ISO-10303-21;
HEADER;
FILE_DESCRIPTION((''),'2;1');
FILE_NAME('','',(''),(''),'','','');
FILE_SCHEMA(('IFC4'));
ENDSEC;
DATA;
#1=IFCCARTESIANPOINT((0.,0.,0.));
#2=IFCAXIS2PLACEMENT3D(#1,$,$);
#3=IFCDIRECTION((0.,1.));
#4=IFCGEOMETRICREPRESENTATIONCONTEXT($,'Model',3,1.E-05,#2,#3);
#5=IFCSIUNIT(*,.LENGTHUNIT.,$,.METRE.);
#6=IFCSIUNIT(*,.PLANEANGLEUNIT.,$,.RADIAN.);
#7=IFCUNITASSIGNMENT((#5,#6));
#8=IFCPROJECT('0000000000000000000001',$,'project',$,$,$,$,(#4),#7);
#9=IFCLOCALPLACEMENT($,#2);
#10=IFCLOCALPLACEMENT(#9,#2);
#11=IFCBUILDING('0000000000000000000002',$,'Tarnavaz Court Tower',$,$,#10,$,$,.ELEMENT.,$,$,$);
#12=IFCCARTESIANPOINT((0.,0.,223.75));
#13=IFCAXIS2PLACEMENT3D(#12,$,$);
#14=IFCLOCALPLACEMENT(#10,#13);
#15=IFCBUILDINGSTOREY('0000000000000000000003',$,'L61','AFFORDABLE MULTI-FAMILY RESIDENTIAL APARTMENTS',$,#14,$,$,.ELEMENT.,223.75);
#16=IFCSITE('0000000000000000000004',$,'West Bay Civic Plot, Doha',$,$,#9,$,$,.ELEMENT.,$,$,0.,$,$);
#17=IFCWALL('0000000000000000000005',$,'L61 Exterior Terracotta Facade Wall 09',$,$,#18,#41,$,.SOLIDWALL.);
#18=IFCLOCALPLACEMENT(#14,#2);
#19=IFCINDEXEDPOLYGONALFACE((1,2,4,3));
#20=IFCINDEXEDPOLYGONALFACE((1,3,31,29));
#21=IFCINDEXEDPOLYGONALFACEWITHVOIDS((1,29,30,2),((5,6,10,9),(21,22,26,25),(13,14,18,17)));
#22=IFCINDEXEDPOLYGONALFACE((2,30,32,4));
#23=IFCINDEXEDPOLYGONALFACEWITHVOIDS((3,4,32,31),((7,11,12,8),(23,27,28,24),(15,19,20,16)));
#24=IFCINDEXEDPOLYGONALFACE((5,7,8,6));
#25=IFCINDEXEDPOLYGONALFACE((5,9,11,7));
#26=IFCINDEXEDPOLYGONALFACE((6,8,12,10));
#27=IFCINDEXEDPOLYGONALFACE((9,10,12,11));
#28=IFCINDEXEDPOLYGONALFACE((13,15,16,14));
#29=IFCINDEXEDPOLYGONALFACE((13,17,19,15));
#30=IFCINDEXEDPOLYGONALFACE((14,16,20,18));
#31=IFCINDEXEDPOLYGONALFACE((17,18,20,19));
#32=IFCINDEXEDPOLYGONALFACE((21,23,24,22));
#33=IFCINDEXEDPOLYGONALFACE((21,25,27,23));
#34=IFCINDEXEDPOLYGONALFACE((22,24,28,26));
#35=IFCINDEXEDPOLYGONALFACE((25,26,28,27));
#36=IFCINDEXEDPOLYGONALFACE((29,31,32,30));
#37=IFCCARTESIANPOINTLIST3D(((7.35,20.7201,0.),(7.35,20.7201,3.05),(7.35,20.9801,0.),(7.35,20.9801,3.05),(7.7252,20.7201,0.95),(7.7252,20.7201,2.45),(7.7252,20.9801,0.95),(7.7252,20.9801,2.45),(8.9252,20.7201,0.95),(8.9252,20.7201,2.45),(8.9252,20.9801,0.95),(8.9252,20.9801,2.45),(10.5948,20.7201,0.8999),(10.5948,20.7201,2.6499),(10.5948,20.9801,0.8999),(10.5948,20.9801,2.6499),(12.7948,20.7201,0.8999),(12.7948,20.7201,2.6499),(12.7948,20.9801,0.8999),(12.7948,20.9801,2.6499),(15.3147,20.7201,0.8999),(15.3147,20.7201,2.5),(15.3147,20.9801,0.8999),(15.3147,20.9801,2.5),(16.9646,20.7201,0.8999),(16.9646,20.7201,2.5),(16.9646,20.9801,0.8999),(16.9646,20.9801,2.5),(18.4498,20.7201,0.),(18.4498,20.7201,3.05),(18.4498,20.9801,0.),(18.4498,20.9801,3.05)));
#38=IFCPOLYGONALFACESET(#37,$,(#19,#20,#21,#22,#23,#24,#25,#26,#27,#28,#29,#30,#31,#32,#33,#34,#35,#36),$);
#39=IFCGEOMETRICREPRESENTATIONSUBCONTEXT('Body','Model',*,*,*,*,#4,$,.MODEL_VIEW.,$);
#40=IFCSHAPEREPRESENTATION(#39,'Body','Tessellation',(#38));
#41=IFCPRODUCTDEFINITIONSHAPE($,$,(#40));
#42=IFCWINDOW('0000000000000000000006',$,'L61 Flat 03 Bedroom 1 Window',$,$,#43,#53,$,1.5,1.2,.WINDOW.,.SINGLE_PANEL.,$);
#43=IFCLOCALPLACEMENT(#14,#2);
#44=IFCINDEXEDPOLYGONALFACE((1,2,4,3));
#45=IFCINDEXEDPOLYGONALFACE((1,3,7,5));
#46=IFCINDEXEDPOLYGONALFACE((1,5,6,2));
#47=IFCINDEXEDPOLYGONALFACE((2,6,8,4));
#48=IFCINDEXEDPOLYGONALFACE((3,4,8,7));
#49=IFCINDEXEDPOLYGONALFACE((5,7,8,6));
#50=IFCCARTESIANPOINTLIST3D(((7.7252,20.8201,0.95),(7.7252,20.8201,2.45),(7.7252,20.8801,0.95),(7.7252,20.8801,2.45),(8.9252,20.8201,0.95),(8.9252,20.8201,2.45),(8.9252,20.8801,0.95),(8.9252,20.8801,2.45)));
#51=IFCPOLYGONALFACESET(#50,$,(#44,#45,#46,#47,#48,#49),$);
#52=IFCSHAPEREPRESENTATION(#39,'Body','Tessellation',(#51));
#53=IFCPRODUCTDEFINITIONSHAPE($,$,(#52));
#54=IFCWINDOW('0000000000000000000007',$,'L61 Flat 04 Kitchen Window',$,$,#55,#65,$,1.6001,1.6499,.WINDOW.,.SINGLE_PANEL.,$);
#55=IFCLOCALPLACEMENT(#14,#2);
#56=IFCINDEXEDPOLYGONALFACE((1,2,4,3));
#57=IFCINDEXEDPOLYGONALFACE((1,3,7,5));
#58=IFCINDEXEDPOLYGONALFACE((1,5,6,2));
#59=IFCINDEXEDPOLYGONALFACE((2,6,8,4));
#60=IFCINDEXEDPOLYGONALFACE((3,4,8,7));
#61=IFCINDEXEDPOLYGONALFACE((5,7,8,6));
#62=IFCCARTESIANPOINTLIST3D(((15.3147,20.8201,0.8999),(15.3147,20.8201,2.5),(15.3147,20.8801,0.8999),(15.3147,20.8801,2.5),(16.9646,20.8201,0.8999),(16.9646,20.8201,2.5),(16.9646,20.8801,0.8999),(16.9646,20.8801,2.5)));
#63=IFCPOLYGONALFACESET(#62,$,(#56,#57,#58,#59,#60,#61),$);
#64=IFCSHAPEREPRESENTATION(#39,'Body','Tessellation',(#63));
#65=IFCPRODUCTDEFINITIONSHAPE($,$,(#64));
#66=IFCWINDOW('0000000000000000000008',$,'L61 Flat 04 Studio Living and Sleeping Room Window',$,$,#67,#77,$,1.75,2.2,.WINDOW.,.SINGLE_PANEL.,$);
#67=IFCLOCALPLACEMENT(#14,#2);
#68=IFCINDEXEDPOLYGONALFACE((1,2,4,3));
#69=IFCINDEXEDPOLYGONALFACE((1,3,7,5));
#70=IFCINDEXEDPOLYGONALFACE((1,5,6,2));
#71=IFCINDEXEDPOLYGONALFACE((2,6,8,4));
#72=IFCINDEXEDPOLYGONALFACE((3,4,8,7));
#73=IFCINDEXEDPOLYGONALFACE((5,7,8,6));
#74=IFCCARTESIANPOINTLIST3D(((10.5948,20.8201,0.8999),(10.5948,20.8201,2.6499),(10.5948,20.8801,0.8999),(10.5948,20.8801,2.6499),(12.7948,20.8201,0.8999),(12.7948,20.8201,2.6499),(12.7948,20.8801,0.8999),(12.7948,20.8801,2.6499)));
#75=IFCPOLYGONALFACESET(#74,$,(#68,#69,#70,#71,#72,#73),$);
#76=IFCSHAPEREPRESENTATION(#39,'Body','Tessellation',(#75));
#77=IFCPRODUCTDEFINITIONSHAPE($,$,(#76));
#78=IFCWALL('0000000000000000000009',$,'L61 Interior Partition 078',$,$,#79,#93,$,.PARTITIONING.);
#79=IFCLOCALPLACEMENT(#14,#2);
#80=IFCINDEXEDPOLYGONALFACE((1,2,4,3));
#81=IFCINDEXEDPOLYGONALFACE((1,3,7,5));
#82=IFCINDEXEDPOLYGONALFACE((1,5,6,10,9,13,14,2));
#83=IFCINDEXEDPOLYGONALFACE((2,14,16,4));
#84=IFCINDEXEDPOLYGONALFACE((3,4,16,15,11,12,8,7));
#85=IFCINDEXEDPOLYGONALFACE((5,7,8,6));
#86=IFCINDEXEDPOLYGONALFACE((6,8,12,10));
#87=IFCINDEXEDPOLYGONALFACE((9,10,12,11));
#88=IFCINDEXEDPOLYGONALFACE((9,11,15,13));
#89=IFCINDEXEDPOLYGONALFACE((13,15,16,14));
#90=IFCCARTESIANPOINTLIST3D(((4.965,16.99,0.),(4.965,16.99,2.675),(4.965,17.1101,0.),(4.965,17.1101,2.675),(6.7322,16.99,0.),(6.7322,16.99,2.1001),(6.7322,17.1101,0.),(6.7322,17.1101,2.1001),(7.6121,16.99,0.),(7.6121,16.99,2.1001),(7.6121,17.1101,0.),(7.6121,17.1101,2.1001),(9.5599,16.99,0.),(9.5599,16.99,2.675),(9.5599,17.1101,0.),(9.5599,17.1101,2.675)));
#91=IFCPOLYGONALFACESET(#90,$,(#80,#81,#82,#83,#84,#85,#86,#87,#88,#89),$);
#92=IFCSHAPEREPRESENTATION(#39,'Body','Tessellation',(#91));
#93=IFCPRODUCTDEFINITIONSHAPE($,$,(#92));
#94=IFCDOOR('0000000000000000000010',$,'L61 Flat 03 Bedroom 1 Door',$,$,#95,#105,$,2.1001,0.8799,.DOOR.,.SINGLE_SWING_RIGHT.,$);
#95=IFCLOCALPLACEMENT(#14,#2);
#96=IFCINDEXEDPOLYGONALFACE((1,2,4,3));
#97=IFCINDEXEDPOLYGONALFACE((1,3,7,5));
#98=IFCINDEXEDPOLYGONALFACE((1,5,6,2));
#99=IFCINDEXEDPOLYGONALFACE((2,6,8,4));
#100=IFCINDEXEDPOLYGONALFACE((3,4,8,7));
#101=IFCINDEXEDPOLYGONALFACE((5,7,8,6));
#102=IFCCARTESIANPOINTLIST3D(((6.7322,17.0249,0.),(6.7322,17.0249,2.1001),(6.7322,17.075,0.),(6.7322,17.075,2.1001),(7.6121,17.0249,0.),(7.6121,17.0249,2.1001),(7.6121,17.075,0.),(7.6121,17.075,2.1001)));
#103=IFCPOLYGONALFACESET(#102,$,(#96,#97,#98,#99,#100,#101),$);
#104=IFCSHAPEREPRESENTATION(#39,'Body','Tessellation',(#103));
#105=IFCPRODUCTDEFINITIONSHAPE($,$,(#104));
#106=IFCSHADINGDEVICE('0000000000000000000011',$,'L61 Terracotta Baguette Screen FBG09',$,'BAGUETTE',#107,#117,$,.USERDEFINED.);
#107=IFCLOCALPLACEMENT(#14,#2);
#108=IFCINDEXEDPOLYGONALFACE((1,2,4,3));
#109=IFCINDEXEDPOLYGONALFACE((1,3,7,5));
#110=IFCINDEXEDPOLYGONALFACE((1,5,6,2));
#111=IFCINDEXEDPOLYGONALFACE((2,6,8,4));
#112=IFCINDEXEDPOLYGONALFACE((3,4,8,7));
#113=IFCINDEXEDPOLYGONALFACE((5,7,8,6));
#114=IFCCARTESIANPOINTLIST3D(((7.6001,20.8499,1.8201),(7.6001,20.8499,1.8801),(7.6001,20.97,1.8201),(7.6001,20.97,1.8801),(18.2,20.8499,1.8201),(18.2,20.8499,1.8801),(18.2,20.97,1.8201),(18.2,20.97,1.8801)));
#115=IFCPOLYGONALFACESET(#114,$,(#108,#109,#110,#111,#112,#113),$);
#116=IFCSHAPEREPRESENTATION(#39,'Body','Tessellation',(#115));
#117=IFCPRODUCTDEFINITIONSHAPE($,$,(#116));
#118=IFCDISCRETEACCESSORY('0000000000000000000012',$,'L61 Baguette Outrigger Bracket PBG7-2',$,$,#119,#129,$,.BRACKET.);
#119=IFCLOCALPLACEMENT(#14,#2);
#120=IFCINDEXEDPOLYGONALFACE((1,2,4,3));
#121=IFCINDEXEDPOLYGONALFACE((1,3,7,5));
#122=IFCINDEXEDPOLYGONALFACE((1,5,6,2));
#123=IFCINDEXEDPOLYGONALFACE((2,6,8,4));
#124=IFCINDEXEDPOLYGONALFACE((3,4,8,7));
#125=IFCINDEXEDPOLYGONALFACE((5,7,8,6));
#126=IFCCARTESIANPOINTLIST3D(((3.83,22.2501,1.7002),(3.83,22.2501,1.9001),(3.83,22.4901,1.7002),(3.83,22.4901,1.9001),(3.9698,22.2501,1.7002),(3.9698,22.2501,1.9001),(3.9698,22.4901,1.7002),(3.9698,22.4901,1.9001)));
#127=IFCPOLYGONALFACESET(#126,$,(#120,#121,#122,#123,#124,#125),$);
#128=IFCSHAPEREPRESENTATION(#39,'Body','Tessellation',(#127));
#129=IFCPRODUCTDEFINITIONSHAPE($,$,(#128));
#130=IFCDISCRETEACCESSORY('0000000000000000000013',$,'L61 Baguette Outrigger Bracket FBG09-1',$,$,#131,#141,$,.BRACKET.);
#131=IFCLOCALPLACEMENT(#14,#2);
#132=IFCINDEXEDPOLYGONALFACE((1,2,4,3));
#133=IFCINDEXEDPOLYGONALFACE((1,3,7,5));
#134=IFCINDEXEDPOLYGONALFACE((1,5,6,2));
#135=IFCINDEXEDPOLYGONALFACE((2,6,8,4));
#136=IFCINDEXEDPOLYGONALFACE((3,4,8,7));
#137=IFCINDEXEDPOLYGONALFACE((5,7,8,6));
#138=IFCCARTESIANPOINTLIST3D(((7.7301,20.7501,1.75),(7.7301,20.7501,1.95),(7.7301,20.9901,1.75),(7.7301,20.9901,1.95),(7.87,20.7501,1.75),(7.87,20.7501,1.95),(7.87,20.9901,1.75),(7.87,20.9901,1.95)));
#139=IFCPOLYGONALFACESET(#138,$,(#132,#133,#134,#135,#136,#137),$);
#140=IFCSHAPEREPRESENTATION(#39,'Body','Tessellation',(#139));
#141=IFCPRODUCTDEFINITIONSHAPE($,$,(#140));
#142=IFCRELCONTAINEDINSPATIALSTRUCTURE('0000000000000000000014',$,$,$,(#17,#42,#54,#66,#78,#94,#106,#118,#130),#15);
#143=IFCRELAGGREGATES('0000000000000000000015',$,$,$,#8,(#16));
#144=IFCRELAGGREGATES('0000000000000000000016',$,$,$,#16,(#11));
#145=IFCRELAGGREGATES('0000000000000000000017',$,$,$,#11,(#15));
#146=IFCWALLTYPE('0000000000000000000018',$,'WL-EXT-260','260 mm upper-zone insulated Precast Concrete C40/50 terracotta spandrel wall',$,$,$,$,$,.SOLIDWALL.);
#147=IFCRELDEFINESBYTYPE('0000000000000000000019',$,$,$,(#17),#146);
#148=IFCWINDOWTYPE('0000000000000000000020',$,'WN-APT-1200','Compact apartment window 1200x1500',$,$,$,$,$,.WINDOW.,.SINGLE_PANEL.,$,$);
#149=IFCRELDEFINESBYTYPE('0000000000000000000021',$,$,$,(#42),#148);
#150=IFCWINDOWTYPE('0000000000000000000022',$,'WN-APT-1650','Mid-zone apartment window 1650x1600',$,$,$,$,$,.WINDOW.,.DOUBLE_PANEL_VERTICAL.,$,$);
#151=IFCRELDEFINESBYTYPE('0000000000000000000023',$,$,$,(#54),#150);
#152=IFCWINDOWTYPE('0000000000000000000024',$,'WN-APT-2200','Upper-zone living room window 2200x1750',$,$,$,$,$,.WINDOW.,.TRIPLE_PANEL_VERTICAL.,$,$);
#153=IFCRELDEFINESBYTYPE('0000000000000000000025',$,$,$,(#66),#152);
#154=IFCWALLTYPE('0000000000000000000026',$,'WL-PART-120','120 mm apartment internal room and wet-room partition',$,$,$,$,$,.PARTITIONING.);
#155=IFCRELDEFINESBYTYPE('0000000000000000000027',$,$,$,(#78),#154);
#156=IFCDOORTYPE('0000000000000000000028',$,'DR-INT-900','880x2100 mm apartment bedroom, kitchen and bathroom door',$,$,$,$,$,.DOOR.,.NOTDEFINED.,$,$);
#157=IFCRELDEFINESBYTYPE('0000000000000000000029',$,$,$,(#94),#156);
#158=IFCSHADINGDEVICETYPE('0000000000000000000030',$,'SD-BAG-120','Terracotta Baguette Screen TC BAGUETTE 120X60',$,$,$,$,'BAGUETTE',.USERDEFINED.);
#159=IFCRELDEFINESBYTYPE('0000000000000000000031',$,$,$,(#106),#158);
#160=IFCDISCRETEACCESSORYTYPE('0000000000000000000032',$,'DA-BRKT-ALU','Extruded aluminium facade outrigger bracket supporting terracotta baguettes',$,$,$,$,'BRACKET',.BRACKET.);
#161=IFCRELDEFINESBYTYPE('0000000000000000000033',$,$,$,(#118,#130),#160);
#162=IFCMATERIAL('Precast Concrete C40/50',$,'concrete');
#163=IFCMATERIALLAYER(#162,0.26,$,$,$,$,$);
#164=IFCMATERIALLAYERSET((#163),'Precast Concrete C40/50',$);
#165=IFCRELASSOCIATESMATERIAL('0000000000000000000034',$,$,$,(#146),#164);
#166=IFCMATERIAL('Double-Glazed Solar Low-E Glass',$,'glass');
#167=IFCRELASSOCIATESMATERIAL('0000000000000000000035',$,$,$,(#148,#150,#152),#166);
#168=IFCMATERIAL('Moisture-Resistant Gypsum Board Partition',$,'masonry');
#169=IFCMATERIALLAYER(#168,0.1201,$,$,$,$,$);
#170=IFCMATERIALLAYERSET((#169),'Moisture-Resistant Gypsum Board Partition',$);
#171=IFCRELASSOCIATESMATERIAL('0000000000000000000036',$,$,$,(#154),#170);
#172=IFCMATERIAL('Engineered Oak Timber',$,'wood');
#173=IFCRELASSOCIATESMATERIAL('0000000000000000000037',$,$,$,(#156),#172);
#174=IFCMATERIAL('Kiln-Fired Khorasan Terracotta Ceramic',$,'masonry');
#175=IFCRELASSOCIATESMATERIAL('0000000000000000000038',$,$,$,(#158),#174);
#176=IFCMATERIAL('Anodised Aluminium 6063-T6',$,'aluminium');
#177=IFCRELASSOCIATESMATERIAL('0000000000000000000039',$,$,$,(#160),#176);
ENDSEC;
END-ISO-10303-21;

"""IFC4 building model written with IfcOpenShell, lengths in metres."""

from ifc_helpers import new_model, si_unit, direction, frame, frame_2d, origin, origin_2d, place, context, subcontext, project, spatial, rectangle, extrude, material, layer, layer_set, material_profile, profile_set, type_object, element, fill, save


model = new_model("IFC4")

# Units and contexts
model_context = context("Model", 3, precision=1e-05, world=origin(), true_north=direction((0.0, 1.0)))
body_context = subcontext(model_context, "Body", "Model", "MODEL_VIEW")
ifc_project = project(units=[si_unit("LENGTHUNIT", "METRE"), si_unit("PLANEANGLEUNIT", "RADIAN")], contexts=[model_context])

# Site, building, storey
site_placement = place(None, origin())
site = spatial("IfcSite", under=ifc_project, at=site_placement, Name="West Bay Civic Plot, Doha", CompositionType="ELEMENT", RefElevation=0.0)
building_placement = place(site_placement, origin())
building = spatial("IfcBuilding", under=site, at=building_placement, Name="Tarnavaz Court Tower", CompositionType="ELEMENT")
storey_placement = place(building_placement, frame((0.0, 0.0, 223.75)))
storey = spatial("IfcBuildingStorey", under=building, at=storey_placement, Name="L61", Description="AFFORDABLE MULTI-FAMILY RESIDENTIAL APARTMENTS", CompositionType="ELEMENT", Elevation=223.75)

# Shared definitions
ifc_material_1 = material(Name="Anodised Aluminium 6063-T6", Category="aluminium")
ifc_material_2 = material(Name="Double-Glazed Solar Low-E Glass", Category="glass")

# Shared definitions
ifc_material_3 = material(Name="Precast Concrete C40/50", Category="concrete")
ifc_layer_1 = layer(ifc_material_3, 0.26)
ifc_layer_set_1 = layer_set([ifc_layer_1], Name="Precast Concrete C40/50")
wall_type_1 = type_object("IfcWallType", Name="WL-EXT-260", Description="260 mm upper-zone insulated Precast Concrete C40/50 terracotta spandrel wall", PredefinedType="SOLIDWALL", material=ifc_layer_set_1)
window_type_1 = type_object("IfcWindowType", Name="WN-APT-1200", Description="Compact apartment window 1200x1500", PartitioningType="SINGLE_PANEL", PredefinedType="WINDOW", material=ifc_material_2)

# Wall, openings, windows
wall_1_placement = place(storey_placement, frame((7.3501, 20.8501, 0.0), z_axis=(0.0, 0.0, 1.0), x_axis=(1.0, 0.0, 0.0)))
wall_1 = element("IfcWall", 1, at=wall_1_placement, inside=storey, type_object=wall_type_1, Name="L61 Exterior Terracotta Facade Wall 09", PredefinedType="SOLIDWALL", context=body_context, shape_type="SweptSolid", body=[
    extrude(rectangle(XDim=11.0999, YDim=0.26, at=frame_2d((5.5498, 0.0))), origin(), (0.0, 0.0, 1.0), 3.05),
])
opening_1_placement = place(wall_1_placement, frame((0.375, 0.0, 0.95)))
opening_1 = element("IfcOpeningElement", 2, at=opening_1_placement, cuts=wall_1, PredefinedType="OPENING", context=body_context, shape_type="SweptSolid", body=[
    extrude(rectangle(XDim=1.2, YDim=1.5, at=frame_2d((0.6001, 0.75))), frame((0.0, 0.1399, 0.0), z_axis=(0.0, -1.0, 0.0), x_axis=(1.0, 0.0, 0.0)), (0.0, 0.0, 1.0), 0.28),
])
opening_2_placement = place(wall_1_placement, frame((3.2446, 0.0, 0.8999)))
opening_2 = element("IfcOpeningElement", 3, at=opening_2_placement, cuts=wall_1, PredefinedType="OPENING", context=body_context, shape_type="SweptSolid", body=[
    extrude(rectangle(XDim=2.2, YDim=1.75, at=frame_2d((1.1001, 0.875))), frame((0.0, 0.1399, 0.0), z_axis=(0.0, -1.0, 0.0), x_axis=(1.0, 0.0, 0.0)), (0.0, 0.0, 1.0), 0.28),
])
opening_3_placement = place(wall_1_placement, frame((7.9646, 0.0, 0.8999)))
opening_3 = element("IfcOpeningElement", 4, at=opening_3_placement, cuts=wall_1, PredefinedType="OPENING", context=body_context, shape_type="SweptSolid", body=[
    extrude(rectangle(XDim=1.6499, YDim=1.6001, at=frame_2d((0.825, 0.8))), frame((0.0, 0.1399, 0.0), z_axis=(0.0, -1.0, 0.0), x_axis=(1.0, 0.0, 0.0)), (0.0, 0.0, 1.0), 0.28),
])
window_1_placement = place(opening_1_placement, origin())
window_1 = element("IfcWindow", 5, at=window_1_placement, inside=storey, type_object=window_type_1, Name="L61 Flat 03 Bedroom 1 Window", OverallHeight=1.5, OverallWidth=1.2, PartitioningType="SINGLE_PANEL", PredefinedType="WINDOW", context=body_context, shape_type="SweptSolid", body=[
    extrude(rectangle(XDim=1.2, YDim=1.5, at=frame_2d((0.6001, 0.75))), frame((0.0, 0.03, 0.0), z_axis=(0.0, -1.0, 0.0), x_axis=(1.0, 0.0, 0.0)), (0.0, 0.0, 1.0), 0.0601),
])
fill(opening_1, window_1)
window_type_2 = type_object("IfcWindowType", Name="WN-APT-1650", Description="Mid-zone apartment window 1650x1600", PartitioningType="DOUBLE_PANEL_VERTICAL", PredefinedType="WINDOW", material=ifc_material_2)
window_2_placement = place(opening_3_placement, origin())
window_2 = element("IfcWindow", 6, at=window_2_placement, inside=storey, type_object=window_type_2, Name="L61 Flat 04 Kitchen Window", OverallHeight=1.6001, OverallWidth=1.6499, PartitioningType="SINGLE_PANEL", PredefinedType="WINDOW", context=body_context, shape_type="SweptSolid", body=[
    extrude(rectangle(XDim=1.6499, YDim=1.6001, at=frame_2d((0.825, 0.8))), frame((0.0, 0.03, 0.0), z_axis=(0.0, -1.0, 0.0), x_axis=(1.0, 0.0, 0.0)), (0.0, 0.0, 1.0), 0.0601),
])
fill(opening_3, window_2)
window_type_3 = type_object("IfcWindowType", Name="WN-APT-2200", Description="Upper-zone living room window 2200x1750", PartitioningType="TRIPLE_PANEL_VERTICAL", PredefinedType="WINDOW", material=ifc_material_2)
window_3_placement = place(opening_2_placement, origin())
window_3 = element("IfcWindow", 7, at=window_3_placement, inside=storey, type_object=window_type_3, Name="L61 Flat 04 Studio Living and Sleeping Room Window", OverallHeight=1.75, OverallWidth=2.2, PartitioningType="SINGLE_PANEL", PredefinedType="WINDOW", context=body_context, shape_type="SweptSolid", body=[
    extrude(rectangle(XDim=2.2, YDim=1.75, at=frame_2d((1.1001, 0.875))), frame((0.0, 0.03, 0.0), z_axis=(0.0, -1.0, 0.0), x_axis=(1.0, 0.0, 0.0)), (0.0, 0.0, 1.0), 0.0601),
])
fill(opening_2, window_3)

# Wall, opening, door
ifc_material_4 = material(Name="Moisture-Resistant Gypsum Board Partition", Category="masonry")
ifc_layer_2 = layer(ifc_material_4, 0.1201)
ifc_layer_set_2 = layer_set([ifc_layer_2], Name="Moisture-Resistant Gypsum Board Partition")
wall_type_2 = type_object("IfcWallType", Name="WL-PART-120", Description="120 mm apartment internal room and wet-room partition", PredefinedType="PARTITIONING", material=ifc_layer_set_2)
wall_2_placement = place(storey_placement, frame((4.9651, 17.05, 0.0), z_axis=(0.0, 0.0, 1.0), x_axis=(1.0, 0.0, 0.0)))
wall_2 = element("IfcWall", 8, at=wall_2_placement, inside=storey, type_object=wall_type_2, Name="L61 Interior Partition 078", PredefinedType="PARTITIONING", context=body_context, shape_type="SweptSolid", body=[
    extrude(rectangle(XDim=4.595, YDim=0.1201, at=frame_2d((2.2974, 0.0))), origin(), (0.0, 0.0, 1.0), 2.675),
])
opening_4_placement = place(wall_2_placement, frame((1.7671, 0.0, 0.0)))
opening_4 = element("IfcOpeningElement", 9, at=opening_4_placement, cuts=wall_2, PredefinedType="OPENING", context=body_context, shape_type="SweptSolid", body=[
    extrude(rectangle(XDim=0.8799, YDim=2.1001, at=frame_2d((0.4399, 1.05))), frame((0.0, 0.0701, 0.0), z_axis=(0.0, -1.0, 0.0), x_axis=(1.0, 0.0, 0.0)), (0.0, 0.0, 1.0), 0.1401),
])
ifc_material_5 = material(Name="Engineered Oak Timber", Category="wood")
door_type = type_object("IfcDoorType", Name="DR-INT-900", Description="880x2100 mm apartment bedroom, kitchen and bathroom door", OperationType="NOTDEFINED", PredefinedType="DOOR", material=ifc_material_5)
door_placement = place(opening_4_placement, origin())
door = element("IfcDoor", 10, at=door_placement, inside=storey, type_object=door_type, Name="L61 Flat 03 Bedroom 1 Door", OperationType="SINGLE_SWING_RIGHT", OverallHeight=2.1001, OverallWidth=0.8799, PredefinedType="DOOR", context=body_context, shape_type="SweptSolid", body=[
    extrude(rectangle(XDim=0.8799, YDim=2.1001, at=frame_2d((0.4399, 1.05))), frame((0.0, 0.0249, 0.0), z_axis=(0.0, -1.0, 0.0), x_axis=(1.0, 0.0, 0.0)), (0.0, 0.0, 1.0), 0.05),
])
fill(opening_4, door)

# Shading device
ifc_material_6 = material(Name="Kiln-Fired Khorasan Terracotta Ceramic", Category="masonry")
ifc_material_profile_1 = material_profile(ifc_material_6, rectangle(XDim=0.1201, YDim=0.0601, at=origin_2d()), Name="TC BAGUETTE 120X60")
ifc_profile_set_1 = profile_set([ifc_material_profile_1], Name="Kiln-Fired Khorasan Terracotta Ceramic")
shading_device_type = type_object("IfcShadingDeviceType", Name="SD-BAG-120", Description="Terracotta Baguette Screen TC BAGUETTE 120X60", ElementType="BAGUETTE", PredefinedType="USERDEFINED", material=ifc_profile_set_1)
shading_device_placement = place(storey_placement, frame((7.6001, 20.9099, 1.8501), z_axis=(1.0, 0.0, 0.0), x_axis=(0.0, 1.0, 0.0)))
element("IfcShadingDevice", 11, at=shading_device_placement, inside=storey, type_object=shading_device_type, Name="L61 Terracotta Baguette Screen FBG09", ObjectType="BAGUETTE", PredefinedType="USERDEFINED", context=body_context, shape_type="SweptSolid", body=[
    extrude(rectangle(XDim=0.1201, YDim=0.0601, at=origin_2d()), origin(), (0.0, 0.0, 1.0), 10.5999),
])

# Discrete accessories
discrete_accessory_type = type_object("IfcDiscreteAccessoryType", Name="DA-BRKT-ALU", Description="Extruded aluminium facade outrigger bracket supporting terracotta baguettes", ElementType="BRACKET", PredefinedType="BRACKET", material=ifc_material_1)
for number, where, z_axis, x_axis, name in (
    (12, (3.8999, 22.3701, 1.7002), (0.0, 0.0, 1.0), (1.0, 0.0, 0.0), "L61 Baguette Outrigger Bracket PBG7-2"),
    (13, (7.8, 20.8701, 1.75), (0.0, 0.0, 1.0), (1.0, 0.0, 0.0), "L61 Baguette Outrigger Bracket FBG09-1"),
):
    element("IfcDiscreteAccessory", number, at=place(storey_placement, frame(where, z_axis=z_axis, x_axis=x_axis)), inside=storey, type_object=discrete_accessory_type, Name=name, PredefinedType="BRACKET", context=body_context, shape_type="SweptSolid", body=[
        extrude(rectangle(XDim=0.1399, YDim=0.24, at=origin_2d()), origin(), (0.0, 0.0, 1.0), 0.2),
    ])

save(model, "model.ifc")
